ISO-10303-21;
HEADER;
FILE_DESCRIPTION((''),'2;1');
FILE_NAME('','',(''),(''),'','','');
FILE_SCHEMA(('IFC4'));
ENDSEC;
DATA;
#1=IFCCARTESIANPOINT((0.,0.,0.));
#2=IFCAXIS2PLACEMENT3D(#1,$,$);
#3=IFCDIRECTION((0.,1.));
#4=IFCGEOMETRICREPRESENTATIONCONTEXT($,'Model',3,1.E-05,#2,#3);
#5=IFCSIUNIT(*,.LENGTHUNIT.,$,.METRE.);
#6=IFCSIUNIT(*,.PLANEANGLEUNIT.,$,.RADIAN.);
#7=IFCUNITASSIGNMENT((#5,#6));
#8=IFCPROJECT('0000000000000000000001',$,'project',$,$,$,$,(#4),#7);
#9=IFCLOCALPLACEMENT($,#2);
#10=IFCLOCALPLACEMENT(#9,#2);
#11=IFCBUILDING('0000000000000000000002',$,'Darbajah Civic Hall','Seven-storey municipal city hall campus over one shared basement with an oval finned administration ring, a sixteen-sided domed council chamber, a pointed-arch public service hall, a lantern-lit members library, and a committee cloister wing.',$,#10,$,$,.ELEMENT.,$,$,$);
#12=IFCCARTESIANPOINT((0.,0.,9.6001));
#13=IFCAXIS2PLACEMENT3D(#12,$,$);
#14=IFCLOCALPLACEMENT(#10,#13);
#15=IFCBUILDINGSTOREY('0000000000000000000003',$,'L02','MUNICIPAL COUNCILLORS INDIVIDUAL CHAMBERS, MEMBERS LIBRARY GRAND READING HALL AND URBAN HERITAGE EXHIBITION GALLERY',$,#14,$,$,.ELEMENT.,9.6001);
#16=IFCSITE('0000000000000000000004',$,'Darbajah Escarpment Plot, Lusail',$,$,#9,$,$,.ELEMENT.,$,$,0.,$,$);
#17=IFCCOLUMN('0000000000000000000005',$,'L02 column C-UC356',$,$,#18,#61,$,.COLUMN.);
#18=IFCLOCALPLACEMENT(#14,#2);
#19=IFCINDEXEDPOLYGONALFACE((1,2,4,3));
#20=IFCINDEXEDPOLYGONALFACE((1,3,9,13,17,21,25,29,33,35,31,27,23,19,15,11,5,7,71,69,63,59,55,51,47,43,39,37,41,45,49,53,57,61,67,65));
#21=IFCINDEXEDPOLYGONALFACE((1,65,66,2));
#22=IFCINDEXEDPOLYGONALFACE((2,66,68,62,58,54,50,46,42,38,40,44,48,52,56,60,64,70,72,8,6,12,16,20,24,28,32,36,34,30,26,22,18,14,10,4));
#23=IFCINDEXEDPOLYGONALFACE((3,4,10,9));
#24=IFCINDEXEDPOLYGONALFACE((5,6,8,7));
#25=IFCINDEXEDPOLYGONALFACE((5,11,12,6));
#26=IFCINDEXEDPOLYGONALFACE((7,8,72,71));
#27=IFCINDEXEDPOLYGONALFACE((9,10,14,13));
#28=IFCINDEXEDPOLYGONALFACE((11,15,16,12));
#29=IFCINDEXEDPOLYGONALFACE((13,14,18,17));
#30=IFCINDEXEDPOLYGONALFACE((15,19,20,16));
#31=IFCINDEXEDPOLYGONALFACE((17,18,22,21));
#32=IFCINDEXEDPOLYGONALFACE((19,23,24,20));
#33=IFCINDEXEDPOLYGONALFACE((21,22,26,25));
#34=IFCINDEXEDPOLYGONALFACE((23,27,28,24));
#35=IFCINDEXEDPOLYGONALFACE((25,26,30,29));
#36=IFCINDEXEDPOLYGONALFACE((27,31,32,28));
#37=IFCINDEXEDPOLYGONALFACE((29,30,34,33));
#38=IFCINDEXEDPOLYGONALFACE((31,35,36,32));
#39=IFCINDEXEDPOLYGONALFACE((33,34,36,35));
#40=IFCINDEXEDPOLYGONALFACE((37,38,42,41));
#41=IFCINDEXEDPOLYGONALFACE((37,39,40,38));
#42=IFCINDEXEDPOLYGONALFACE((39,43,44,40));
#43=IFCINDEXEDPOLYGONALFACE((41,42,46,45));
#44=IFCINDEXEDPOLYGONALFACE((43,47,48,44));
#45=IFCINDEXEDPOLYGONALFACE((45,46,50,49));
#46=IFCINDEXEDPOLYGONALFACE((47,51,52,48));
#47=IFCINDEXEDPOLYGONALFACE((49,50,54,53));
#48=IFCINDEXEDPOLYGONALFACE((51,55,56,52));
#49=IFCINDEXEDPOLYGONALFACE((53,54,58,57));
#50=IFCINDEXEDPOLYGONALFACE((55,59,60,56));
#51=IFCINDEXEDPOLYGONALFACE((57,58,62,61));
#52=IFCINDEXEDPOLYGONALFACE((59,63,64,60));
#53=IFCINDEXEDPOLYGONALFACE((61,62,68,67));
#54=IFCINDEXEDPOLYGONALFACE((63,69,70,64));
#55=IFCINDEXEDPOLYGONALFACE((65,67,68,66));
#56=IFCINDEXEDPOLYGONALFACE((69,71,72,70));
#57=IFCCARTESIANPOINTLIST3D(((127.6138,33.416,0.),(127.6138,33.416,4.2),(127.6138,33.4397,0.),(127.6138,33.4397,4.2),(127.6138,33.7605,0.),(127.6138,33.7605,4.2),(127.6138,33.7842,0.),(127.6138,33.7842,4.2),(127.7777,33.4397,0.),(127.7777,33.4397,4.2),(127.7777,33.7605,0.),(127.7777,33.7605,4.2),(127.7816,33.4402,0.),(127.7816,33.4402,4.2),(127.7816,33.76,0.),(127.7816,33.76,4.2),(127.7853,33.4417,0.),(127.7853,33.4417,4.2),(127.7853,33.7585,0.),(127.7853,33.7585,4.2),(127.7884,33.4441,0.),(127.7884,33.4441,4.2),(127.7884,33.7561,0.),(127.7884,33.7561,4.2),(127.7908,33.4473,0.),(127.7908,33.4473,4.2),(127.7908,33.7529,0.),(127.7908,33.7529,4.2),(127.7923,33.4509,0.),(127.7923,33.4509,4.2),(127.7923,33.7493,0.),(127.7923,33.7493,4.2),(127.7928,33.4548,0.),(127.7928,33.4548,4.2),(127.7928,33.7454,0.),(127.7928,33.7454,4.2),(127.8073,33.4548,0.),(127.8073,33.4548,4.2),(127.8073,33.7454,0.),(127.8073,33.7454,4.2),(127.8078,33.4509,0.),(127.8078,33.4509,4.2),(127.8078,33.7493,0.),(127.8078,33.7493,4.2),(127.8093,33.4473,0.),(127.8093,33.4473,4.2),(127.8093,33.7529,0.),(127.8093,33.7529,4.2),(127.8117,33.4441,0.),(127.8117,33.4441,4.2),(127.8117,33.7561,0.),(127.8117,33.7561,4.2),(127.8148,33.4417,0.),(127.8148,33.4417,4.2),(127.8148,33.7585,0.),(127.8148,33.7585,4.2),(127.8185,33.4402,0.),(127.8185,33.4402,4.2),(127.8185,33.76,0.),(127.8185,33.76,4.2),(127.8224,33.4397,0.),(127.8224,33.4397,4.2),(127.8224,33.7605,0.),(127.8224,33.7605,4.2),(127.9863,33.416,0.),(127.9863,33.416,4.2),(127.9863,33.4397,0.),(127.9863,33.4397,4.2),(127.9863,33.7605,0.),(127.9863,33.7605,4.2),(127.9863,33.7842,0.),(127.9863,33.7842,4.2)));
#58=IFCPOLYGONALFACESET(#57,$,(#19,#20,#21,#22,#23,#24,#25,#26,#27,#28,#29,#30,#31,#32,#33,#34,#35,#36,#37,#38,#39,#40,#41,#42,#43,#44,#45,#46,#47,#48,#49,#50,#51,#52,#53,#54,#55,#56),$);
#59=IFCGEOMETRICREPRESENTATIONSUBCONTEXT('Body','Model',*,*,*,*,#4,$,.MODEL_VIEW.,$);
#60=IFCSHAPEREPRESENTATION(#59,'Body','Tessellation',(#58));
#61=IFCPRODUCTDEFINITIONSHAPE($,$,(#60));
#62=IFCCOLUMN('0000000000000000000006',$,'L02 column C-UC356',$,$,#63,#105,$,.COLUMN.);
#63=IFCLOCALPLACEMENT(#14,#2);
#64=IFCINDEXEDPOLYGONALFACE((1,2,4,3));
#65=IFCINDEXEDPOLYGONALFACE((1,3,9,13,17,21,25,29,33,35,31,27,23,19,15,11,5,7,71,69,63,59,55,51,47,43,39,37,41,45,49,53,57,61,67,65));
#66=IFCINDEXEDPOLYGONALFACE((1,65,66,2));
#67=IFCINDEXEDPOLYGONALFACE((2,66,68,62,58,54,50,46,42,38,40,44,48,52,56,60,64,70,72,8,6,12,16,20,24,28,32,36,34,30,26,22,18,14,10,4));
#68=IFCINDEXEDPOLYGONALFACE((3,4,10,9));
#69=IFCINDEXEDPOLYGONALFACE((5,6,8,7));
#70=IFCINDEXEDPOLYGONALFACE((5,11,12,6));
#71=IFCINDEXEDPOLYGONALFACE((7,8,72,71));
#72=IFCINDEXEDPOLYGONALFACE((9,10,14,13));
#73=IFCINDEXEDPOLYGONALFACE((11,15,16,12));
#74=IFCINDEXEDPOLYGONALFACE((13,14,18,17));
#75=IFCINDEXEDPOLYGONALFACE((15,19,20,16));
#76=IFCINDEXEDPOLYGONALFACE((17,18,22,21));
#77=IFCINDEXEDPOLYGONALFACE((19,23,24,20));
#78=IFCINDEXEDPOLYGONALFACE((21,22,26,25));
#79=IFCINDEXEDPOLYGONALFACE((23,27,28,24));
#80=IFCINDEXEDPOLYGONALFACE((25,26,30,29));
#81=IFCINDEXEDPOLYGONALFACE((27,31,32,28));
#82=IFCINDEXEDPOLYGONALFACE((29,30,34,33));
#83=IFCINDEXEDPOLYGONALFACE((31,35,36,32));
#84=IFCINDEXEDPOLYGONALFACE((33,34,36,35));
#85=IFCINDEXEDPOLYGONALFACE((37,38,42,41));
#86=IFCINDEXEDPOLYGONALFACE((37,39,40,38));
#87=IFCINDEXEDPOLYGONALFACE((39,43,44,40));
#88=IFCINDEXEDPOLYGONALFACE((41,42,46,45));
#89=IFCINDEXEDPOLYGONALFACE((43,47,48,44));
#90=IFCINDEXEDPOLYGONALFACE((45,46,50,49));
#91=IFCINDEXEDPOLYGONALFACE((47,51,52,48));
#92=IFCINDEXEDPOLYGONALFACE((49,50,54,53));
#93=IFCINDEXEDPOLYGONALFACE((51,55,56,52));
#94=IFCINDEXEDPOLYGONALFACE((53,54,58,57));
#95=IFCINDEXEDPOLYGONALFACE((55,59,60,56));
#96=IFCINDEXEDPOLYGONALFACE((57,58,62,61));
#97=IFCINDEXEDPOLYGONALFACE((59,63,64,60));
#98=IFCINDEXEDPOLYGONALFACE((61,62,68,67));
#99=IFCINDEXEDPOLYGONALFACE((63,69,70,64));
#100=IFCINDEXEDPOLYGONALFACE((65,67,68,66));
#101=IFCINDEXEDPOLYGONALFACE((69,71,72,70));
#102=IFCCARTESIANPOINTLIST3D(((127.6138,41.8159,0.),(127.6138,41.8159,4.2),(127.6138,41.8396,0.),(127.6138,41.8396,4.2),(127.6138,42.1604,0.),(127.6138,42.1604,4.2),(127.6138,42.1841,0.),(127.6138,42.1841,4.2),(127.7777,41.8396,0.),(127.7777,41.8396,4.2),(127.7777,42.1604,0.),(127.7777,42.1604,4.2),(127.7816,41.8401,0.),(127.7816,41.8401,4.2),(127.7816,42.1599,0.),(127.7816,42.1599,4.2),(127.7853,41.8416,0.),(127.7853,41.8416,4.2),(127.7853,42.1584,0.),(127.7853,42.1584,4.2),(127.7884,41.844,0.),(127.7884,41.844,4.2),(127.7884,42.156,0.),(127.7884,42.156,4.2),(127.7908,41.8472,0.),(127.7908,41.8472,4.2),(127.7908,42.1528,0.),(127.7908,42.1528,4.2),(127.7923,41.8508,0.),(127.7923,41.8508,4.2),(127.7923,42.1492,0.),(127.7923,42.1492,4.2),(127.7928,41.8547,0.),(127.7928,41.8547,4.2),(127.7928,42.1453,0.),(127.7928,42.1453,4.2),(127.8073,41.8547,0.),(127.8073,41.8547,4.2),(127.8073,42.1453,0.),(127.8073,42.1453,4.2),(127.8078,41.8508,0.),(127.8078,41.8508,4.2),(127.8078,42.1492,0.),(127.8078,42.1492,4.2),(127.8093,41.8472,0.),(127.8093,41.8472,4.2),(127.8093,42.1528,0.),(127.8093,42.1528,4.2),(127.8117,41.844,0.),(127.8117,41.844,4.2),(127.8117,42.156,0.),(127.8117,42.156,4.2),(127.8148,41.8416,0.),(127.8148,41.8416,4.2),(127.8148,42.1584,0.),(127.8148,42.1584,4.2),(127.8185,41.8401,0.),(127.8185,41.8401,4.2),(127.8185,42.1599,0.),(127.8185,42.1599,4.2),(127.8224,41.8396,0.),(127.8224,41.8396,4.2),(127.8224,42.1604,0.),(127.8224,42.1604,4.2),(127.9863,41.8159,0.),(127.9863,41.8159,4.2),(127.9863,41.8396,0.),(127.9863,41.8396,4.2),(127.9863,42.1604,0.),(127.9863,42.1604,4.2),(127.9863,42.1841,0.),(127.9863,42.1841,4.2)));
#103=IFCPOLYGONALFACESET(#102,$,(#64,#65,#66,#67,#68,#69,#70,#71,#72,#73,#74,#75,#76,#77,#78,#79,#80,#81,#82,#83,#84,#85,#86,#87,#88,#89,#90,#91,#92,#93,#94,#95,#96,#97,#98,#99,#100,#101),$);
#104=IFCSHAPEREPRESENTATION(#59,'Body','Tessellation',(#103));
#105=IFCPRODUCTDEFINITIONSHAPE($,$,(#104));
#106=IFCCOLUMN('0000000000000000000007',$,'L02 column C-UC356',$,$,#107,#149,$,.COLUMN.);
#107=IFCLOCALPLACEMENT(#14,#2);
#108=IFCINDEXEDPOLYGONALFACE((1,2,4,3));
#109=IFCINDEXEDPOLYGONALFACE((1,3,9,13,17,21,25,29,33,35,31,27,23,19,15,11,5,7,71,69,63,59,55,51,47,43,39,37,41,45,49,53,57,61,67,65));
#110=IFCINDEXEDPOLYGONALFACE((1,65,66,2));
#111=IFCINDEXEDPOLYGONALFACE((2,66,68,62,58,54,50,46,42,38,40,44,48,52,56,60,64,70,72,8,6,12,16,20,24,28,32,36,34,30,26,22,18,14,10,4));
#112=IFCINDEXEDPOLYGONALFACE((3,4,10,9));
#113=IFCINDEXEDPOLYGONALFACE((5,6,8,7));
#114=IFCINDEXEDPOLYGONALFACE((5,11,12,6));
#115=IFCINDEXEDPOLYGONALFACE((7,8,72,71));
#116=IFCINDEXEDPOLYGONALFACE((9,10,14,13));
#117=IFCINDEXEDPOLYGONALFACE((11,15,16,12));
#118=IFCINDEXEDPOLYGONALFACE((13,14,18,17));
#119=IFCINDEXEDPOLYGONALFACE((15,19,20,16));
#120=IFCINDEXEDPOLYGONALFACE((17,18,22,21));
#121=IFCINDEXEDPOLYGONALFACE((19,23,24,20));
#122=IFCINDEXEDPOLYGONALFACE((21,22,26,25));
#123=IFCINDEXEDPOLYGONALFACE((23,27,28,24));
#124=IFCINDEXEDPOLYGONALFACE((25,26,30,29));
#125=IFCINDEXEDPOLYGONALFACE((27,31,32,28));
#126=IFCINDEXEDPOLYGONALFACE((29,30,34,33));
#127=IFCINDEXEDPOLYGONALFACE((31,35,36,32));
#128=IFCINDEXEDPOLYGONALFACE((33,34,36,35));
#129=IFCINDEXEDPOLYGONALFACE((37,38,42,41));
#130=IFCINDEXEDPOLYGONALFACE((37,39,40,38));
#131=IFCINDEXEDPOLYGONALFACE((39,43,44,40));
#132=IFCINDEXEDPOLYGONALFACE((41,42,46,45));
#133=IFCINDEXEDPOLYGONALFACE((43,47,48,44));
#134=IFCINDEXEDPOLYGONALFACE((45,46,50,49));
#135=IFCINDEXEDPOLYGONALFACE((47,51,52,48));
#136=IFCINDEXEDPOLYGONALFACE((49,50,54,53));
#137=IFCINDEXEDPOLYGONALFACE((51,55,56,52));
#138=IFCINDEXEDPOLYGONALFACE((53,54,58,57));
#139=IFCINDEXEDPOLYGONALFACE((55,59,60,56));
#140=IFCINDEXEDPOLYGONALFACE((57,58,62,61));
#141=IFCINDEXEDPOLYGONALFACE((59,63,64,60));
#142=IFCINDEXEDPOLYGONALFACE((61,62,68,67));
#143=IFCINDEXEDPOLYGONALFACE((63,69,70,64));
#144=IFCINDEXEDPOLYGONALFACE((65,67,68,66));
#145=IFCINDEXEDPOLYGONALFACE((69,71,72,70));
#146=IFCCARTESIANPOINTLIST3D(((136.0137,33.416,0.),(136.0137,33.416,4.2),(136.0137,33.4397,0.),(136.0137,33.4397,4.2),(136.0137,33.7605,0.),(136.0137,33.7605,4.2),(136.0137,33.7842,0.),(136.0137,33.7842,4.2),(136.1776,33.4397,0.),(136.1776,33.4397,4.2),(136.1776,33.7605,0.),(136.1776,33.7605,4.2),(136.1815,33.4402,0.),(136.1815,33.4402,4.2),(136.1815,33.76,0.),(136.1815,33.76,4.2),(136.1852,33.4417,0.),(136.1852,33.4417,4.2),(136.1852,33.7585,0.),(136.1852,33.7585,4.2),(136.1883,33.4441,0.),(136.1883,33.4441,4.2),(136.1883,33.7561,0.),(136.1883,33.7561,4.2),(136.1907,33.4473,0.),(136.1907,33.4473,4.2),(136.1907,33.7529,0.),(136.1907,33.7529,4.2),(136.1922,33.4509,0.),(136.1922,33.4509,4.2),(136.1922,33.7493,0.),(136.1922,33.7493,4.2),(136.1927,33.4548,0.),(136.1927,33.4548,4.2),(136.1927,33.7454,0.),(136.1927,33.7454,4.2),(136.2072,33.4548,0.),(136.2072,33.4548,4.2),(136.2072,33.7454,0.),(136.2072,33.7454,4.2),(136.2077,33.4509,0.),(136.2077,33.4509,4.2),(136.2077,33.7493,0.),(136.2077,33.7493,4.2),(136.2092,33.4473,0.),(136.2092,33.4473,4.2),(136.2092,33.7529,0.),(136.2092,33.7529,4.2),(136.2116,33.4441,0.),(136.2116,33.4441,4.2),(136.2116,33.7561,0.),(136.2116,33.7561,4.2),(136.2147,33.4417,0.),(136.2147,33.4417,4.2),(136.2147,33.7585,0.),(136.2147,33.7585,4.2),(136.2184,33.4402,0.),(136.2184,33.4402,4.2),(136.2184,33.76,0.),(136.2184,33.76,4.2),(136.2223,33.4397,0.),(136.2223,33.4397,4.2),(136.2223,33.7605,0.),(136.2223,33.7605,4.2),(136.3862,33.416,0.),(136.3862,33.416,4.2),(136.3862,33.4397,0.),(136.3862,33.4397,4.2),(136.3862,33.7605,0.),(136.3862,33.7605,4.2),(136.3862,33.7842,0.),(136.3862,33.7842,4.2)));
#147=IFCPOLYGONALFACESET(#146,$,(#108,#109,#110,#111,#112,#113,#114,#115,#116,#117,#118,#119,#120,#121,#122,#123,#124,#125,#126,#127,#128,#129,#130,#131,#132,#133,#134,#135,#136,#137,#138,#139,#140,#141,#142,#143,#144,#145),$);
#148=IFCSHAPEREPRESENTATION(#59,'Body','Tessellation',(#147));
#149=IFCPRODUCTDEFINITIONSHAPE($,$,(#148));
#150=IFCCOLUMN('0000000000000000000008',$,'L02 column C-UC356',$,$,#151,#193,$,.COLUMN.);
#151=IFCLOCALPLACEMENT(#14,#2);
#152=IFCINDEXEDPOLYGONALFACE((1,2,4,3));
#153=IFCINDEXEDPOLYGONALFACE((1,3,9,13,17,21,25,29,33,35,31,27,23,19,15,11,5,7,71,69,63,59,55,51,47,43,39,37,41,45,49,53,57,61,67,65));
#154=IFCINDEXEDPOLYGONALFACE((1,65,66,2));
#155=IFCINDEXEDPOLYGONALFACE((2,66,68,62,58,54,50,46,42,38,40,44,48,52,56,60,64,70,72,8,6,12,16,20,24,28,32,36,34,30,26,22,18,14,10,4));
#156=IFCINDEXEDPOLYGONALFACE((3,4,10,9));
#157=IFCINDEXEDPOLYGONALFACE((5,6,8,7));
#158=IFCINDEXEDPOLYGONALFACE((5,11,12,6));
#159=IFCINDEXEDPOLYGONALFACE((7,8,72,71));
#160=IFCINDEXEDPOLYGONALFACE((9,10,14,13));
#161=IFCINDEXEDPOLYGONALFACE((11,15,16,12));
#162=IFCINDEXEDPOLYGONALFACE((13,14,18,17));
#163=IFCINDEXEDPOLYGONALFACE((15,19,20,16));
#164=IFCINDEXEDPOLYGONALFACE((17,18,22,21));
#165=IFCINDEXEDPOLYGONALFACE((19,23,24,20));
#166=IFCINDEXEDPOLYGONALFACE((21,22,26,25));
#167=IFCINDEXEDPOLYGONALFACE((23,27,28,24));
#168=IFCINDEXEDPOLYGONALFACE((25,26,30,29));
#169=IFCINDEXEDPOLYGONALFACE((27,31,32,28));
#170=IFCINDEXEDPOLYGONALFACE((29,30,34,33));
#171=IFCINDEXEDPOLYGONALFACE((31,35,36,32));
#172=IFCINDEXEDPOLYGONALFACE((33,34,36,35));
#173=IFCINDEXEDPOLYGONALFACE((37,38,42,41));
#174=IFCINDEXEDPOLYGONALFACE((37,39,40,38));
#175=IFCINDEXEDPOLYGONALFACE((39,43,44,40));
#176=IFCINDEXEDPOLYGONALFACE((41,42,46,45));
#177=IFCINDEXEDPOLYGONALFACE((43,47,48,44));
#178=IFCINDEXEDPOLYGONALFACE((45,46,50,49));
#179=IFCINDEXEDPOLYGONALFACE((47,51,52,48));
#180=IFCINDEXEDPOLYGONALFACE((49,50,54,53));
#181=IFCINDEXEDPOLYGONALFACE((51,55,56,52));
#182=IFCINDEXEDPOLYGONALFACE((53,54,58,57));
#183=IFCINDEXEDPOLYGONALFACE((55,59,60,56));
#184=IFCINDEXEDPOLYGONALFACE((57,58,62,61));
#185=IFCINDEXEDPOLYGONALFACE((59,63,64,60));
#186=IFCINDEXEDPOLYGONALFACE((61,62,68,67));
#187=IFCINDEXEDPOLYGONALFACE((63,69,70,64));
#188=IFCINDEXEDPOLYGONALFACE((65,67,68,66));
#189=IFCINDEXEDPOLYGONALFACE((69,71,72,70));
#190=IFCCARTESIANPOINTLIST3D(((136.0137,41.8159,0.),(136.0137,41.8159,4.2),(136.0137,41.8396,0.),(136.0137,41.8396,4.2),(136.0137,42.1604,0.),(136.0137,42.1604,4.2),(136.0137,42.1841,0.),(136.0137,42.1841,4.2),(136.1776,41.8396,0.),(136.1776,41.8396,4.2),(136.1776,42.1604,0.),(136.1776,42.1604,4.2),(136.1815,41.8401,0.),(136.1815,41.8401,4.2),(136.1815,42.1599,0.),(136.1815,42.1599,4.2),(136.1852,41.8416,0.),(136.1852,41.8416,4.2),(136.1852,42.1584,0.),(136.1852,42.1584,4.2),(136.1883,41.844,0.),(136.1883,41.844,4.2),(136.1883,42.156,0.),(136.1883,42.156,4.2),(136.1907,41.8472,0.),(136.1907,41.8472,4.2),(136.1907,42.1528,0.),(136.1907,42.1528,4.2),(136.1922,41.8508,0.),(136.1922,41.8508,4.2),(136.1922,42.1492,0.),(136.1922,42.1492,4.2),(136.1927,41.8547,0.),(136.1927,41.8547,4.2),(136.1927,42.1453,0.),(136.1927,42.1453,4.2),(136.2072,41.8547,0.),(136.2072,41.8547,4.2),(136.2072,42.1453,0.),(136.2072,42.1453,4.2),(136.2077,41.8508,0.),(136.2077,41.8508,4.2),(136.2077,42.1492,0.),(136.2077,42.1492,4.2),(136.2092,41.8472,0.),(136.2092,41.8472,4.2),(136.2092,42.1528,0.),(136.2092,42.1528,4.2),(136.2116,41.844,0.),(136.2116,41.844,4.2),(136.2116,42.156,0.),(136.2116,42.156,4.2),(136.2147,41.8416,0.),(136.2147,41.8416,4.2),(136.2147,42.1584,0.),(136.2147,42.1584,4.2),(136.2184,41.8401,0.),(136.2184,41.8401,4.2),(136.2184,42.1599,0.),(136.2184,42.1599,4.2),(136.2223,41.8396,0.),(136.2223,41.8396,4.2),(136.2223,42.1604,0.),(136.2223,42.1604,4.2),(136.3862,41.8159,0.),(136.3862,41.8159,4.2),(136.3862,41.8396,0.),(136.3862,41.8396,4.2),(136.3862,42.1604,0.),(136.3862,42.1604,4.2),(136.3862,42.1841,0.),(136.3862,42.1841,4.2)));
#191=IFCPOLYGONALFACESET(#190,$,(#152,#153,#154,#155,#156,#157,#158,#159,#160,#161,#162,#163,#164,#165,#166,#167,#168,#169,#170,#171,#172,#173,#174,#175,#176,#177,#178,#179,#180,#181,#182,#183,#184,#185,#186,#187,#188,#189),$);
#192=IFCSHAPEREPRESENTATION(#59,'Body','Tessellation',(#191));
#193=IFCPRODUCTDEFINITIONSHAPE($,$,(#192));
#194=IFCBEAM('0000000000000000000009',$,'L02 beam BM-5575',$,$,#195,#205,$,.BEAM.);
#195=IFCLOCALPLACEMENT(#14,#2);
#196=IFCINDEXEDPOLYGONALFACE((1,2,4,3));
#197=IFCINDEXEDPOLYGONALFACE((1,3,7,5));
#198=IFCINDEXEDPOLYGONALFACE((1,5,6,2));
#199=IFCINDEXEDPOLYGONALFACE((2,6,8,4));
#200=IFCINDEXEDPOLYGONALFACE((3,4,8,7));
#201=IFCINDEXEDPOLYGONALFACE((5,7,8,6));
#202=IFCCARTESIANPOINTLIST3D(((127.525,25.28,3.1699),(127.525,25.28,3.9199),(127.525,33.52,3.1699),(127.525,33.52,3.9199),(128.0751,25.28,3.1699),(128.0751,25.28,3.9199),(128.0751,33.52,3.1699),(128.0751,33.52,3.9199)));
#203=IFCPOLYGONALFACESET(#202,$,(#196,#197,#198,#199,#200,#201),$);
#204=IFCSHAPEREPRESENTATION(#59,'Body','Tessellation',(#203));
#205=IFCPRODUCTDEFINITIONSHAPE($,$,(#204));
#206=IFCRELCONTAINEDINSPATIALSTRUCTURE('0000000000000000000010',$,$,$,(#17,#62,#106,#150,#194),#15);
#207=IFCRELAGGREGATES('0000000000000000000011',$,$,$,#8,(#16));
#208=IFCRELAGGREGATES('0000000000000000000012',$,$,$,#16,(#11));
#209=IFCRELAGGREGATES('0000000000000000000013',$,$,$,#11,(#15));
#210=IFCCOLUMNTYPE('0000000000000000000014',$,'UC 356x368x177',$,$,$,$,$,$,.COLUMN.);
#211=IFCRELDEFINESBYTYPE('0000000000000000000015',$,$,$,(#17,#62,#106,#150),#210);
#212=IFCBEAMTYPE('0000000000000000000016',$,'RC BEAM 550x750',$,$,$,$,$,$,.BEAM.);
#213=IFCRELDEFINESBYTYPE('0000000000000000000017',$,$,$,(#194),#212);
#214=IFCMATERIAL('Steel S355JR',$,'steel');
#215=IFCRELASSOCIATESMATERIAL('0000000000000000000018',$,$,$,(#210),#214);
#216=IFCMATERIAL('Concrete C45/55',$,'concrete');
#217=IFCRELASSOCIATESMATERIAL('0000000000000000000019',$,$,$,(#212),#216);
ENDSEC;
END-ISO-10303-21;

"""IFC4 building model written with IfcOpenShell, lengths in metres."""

from ifc_helpers import new_model, si_unit, direction, frame, origin, origin_2d, place, context, subcontext, project, spatial, rectangle, i_section, extrude, material, material_profile, profile_set, type_object, element, save


model = new_model("IFC4")

# Units and contexts
model_context = context("Model", 3, precision=1e-05, world=origin(), true_north=direction((0.0, 1.0)))
body_context = subcontext(model_context, "Body", "Model", "MODEL_VIEW")
ifc_project = project(units=[si_unit("LENGTHUNIT", "METRE"), si_unit("PLANEANGLEUNIT", "RADIAN")], contexts=[model_context])

# Site, building, storey
site_placement = place(None, origin())
site = spatial("IfcSite", under=ifc_project, at=site_placement, Name="Darbajah Escarpment Plot, Lusail", CompositionType="ELEMENT", RefElevation=0.0)
building_placement = place(site_placement, origin())
building = spatial("IfcBuilding", under=site, at=building_placement, Name="Darbajah Civic Hall", Description="Seven-storey municipal city hall campus over one shared basement with an oval finned administration ring, a sixteen-sided domed council chamber, a pointed-arch public service hall, a lantern-lit members library, and a committee cloister wing.", CompositionType="ELEMENT")
storey_placement = place(building_placement, frame((0.0, 0.0, 9.6001)))
storey = spatial("IfcBuildingStorey", under=building, at=storey_placement, Name="L02", Description="MUNICIPAL COUNCILLORS INDIVIDUAL CHAMBERS, MEMBERS LIBRARY GRAND READING HALL AND URBAN HERITAGE EXHIBITION GALLERY", CompositionType="ELEMENT", Elevation=9.6001)

# Columns
ifc_material_1 = material(Name="Steel S355JR", Category="steel")
ifc_material_profile_1 = material_profile(ifc_material_1, i_section(OverallWidth=0.3726, OverallDepth=0.3682, WebThickness=0.0144, FlangeThickness=0.0237, FilletRadius=0.0151, at=origin_2d()), Name="UC 356x368x177")
ifc_profile_set_1 = profile_set([ifc_material_profile_1], Name="Steel S355JR")
column_type = type_object("IfcColumnType", Name="UC 356x368x177", PredefinedType="COLUMN", material=ifc_profile_set_1)
for number, where, z_axis, x_axis, name in (
    (1, (127.8, 33.6001, 0.0), (0.0, 0.0, 1.0), (1.0, 0.0, 0.0), "L02 column C-UC356"),
    (2, (127.8, 42.0, 0.0), (0.0, 0.0, 1.0), (1.0, 0.0, 0.0), "L02 column C-UC356"),
    (3, (136.2, 33.6001, 0.0), (0.0, 0.0, 1.0), (1.0, 0.0, 0.0), "L02 column C-UC356"),
    (4, (136.2, 42.0, 0.0), (0.0, 0.0, 1.0), (1.0, 0.0, 0.0), "L02 column C-UC356"),
):
    element("IfcColumn", number, at=place(storey_placement, frame(where, z_axis=z_axis, x_axis=x_axis)), inside=storey, type_object=column_type, Name=name, PredefinedType="COLUMN", context=body_context, shape_type="SweptSolid", body=[
        extrude(i_section(OverallWidth=0.3726, OverallDepth=0.3682, WebThickness=0.0144, FlangeThickness=0.0237, FilletRadius=0.0151, at=origin_2d()), origin(), (0.0, 0.0, 1.0), 4.2),
    ])

# Beam
ifc_material_2 = material(Name="Concrete C45/55", Category="concrete")
ifc_material_profile_2 = material_profile(ifc_material_2, rectangle(XDim=0.55, YDim=0.75, at=origin_2d()), Name="RC BEAM 550x750")
ifc_profile_set_2 = profile_set([ifc_material_profile_2], Name="Concrete C45/55")
beam_type_1 = type_object("IfcBeamType", Name="RC BEAM 550x750", PredefinedType="BEAM", material=ifc_profile_set_2)
for number, where, z_axis, x_axis, name in (
    (5, (127.8, 25.28, 3.5449), (0.0, 1.0, 0.0), (-1.0, 0.0, 0.0), "L02 beam BM-5575"),
):
    element("IfcBeam", number, at=place(storey_placement, frame(where, z_axis=z_axis, x_axis=x_axis)), inside=storey, type_object=beam_type_1, Name=name, PredefinedType="BEAM", context=body_context, shape_type="SweptSolid", body=[
        extrude(rectangle(XDim=0.55, YDim=0.75, at=origin_2d()), origin(), (0.0, 0.0, 1.0), 8.24),
    ])

save(model, "model.ifc")
